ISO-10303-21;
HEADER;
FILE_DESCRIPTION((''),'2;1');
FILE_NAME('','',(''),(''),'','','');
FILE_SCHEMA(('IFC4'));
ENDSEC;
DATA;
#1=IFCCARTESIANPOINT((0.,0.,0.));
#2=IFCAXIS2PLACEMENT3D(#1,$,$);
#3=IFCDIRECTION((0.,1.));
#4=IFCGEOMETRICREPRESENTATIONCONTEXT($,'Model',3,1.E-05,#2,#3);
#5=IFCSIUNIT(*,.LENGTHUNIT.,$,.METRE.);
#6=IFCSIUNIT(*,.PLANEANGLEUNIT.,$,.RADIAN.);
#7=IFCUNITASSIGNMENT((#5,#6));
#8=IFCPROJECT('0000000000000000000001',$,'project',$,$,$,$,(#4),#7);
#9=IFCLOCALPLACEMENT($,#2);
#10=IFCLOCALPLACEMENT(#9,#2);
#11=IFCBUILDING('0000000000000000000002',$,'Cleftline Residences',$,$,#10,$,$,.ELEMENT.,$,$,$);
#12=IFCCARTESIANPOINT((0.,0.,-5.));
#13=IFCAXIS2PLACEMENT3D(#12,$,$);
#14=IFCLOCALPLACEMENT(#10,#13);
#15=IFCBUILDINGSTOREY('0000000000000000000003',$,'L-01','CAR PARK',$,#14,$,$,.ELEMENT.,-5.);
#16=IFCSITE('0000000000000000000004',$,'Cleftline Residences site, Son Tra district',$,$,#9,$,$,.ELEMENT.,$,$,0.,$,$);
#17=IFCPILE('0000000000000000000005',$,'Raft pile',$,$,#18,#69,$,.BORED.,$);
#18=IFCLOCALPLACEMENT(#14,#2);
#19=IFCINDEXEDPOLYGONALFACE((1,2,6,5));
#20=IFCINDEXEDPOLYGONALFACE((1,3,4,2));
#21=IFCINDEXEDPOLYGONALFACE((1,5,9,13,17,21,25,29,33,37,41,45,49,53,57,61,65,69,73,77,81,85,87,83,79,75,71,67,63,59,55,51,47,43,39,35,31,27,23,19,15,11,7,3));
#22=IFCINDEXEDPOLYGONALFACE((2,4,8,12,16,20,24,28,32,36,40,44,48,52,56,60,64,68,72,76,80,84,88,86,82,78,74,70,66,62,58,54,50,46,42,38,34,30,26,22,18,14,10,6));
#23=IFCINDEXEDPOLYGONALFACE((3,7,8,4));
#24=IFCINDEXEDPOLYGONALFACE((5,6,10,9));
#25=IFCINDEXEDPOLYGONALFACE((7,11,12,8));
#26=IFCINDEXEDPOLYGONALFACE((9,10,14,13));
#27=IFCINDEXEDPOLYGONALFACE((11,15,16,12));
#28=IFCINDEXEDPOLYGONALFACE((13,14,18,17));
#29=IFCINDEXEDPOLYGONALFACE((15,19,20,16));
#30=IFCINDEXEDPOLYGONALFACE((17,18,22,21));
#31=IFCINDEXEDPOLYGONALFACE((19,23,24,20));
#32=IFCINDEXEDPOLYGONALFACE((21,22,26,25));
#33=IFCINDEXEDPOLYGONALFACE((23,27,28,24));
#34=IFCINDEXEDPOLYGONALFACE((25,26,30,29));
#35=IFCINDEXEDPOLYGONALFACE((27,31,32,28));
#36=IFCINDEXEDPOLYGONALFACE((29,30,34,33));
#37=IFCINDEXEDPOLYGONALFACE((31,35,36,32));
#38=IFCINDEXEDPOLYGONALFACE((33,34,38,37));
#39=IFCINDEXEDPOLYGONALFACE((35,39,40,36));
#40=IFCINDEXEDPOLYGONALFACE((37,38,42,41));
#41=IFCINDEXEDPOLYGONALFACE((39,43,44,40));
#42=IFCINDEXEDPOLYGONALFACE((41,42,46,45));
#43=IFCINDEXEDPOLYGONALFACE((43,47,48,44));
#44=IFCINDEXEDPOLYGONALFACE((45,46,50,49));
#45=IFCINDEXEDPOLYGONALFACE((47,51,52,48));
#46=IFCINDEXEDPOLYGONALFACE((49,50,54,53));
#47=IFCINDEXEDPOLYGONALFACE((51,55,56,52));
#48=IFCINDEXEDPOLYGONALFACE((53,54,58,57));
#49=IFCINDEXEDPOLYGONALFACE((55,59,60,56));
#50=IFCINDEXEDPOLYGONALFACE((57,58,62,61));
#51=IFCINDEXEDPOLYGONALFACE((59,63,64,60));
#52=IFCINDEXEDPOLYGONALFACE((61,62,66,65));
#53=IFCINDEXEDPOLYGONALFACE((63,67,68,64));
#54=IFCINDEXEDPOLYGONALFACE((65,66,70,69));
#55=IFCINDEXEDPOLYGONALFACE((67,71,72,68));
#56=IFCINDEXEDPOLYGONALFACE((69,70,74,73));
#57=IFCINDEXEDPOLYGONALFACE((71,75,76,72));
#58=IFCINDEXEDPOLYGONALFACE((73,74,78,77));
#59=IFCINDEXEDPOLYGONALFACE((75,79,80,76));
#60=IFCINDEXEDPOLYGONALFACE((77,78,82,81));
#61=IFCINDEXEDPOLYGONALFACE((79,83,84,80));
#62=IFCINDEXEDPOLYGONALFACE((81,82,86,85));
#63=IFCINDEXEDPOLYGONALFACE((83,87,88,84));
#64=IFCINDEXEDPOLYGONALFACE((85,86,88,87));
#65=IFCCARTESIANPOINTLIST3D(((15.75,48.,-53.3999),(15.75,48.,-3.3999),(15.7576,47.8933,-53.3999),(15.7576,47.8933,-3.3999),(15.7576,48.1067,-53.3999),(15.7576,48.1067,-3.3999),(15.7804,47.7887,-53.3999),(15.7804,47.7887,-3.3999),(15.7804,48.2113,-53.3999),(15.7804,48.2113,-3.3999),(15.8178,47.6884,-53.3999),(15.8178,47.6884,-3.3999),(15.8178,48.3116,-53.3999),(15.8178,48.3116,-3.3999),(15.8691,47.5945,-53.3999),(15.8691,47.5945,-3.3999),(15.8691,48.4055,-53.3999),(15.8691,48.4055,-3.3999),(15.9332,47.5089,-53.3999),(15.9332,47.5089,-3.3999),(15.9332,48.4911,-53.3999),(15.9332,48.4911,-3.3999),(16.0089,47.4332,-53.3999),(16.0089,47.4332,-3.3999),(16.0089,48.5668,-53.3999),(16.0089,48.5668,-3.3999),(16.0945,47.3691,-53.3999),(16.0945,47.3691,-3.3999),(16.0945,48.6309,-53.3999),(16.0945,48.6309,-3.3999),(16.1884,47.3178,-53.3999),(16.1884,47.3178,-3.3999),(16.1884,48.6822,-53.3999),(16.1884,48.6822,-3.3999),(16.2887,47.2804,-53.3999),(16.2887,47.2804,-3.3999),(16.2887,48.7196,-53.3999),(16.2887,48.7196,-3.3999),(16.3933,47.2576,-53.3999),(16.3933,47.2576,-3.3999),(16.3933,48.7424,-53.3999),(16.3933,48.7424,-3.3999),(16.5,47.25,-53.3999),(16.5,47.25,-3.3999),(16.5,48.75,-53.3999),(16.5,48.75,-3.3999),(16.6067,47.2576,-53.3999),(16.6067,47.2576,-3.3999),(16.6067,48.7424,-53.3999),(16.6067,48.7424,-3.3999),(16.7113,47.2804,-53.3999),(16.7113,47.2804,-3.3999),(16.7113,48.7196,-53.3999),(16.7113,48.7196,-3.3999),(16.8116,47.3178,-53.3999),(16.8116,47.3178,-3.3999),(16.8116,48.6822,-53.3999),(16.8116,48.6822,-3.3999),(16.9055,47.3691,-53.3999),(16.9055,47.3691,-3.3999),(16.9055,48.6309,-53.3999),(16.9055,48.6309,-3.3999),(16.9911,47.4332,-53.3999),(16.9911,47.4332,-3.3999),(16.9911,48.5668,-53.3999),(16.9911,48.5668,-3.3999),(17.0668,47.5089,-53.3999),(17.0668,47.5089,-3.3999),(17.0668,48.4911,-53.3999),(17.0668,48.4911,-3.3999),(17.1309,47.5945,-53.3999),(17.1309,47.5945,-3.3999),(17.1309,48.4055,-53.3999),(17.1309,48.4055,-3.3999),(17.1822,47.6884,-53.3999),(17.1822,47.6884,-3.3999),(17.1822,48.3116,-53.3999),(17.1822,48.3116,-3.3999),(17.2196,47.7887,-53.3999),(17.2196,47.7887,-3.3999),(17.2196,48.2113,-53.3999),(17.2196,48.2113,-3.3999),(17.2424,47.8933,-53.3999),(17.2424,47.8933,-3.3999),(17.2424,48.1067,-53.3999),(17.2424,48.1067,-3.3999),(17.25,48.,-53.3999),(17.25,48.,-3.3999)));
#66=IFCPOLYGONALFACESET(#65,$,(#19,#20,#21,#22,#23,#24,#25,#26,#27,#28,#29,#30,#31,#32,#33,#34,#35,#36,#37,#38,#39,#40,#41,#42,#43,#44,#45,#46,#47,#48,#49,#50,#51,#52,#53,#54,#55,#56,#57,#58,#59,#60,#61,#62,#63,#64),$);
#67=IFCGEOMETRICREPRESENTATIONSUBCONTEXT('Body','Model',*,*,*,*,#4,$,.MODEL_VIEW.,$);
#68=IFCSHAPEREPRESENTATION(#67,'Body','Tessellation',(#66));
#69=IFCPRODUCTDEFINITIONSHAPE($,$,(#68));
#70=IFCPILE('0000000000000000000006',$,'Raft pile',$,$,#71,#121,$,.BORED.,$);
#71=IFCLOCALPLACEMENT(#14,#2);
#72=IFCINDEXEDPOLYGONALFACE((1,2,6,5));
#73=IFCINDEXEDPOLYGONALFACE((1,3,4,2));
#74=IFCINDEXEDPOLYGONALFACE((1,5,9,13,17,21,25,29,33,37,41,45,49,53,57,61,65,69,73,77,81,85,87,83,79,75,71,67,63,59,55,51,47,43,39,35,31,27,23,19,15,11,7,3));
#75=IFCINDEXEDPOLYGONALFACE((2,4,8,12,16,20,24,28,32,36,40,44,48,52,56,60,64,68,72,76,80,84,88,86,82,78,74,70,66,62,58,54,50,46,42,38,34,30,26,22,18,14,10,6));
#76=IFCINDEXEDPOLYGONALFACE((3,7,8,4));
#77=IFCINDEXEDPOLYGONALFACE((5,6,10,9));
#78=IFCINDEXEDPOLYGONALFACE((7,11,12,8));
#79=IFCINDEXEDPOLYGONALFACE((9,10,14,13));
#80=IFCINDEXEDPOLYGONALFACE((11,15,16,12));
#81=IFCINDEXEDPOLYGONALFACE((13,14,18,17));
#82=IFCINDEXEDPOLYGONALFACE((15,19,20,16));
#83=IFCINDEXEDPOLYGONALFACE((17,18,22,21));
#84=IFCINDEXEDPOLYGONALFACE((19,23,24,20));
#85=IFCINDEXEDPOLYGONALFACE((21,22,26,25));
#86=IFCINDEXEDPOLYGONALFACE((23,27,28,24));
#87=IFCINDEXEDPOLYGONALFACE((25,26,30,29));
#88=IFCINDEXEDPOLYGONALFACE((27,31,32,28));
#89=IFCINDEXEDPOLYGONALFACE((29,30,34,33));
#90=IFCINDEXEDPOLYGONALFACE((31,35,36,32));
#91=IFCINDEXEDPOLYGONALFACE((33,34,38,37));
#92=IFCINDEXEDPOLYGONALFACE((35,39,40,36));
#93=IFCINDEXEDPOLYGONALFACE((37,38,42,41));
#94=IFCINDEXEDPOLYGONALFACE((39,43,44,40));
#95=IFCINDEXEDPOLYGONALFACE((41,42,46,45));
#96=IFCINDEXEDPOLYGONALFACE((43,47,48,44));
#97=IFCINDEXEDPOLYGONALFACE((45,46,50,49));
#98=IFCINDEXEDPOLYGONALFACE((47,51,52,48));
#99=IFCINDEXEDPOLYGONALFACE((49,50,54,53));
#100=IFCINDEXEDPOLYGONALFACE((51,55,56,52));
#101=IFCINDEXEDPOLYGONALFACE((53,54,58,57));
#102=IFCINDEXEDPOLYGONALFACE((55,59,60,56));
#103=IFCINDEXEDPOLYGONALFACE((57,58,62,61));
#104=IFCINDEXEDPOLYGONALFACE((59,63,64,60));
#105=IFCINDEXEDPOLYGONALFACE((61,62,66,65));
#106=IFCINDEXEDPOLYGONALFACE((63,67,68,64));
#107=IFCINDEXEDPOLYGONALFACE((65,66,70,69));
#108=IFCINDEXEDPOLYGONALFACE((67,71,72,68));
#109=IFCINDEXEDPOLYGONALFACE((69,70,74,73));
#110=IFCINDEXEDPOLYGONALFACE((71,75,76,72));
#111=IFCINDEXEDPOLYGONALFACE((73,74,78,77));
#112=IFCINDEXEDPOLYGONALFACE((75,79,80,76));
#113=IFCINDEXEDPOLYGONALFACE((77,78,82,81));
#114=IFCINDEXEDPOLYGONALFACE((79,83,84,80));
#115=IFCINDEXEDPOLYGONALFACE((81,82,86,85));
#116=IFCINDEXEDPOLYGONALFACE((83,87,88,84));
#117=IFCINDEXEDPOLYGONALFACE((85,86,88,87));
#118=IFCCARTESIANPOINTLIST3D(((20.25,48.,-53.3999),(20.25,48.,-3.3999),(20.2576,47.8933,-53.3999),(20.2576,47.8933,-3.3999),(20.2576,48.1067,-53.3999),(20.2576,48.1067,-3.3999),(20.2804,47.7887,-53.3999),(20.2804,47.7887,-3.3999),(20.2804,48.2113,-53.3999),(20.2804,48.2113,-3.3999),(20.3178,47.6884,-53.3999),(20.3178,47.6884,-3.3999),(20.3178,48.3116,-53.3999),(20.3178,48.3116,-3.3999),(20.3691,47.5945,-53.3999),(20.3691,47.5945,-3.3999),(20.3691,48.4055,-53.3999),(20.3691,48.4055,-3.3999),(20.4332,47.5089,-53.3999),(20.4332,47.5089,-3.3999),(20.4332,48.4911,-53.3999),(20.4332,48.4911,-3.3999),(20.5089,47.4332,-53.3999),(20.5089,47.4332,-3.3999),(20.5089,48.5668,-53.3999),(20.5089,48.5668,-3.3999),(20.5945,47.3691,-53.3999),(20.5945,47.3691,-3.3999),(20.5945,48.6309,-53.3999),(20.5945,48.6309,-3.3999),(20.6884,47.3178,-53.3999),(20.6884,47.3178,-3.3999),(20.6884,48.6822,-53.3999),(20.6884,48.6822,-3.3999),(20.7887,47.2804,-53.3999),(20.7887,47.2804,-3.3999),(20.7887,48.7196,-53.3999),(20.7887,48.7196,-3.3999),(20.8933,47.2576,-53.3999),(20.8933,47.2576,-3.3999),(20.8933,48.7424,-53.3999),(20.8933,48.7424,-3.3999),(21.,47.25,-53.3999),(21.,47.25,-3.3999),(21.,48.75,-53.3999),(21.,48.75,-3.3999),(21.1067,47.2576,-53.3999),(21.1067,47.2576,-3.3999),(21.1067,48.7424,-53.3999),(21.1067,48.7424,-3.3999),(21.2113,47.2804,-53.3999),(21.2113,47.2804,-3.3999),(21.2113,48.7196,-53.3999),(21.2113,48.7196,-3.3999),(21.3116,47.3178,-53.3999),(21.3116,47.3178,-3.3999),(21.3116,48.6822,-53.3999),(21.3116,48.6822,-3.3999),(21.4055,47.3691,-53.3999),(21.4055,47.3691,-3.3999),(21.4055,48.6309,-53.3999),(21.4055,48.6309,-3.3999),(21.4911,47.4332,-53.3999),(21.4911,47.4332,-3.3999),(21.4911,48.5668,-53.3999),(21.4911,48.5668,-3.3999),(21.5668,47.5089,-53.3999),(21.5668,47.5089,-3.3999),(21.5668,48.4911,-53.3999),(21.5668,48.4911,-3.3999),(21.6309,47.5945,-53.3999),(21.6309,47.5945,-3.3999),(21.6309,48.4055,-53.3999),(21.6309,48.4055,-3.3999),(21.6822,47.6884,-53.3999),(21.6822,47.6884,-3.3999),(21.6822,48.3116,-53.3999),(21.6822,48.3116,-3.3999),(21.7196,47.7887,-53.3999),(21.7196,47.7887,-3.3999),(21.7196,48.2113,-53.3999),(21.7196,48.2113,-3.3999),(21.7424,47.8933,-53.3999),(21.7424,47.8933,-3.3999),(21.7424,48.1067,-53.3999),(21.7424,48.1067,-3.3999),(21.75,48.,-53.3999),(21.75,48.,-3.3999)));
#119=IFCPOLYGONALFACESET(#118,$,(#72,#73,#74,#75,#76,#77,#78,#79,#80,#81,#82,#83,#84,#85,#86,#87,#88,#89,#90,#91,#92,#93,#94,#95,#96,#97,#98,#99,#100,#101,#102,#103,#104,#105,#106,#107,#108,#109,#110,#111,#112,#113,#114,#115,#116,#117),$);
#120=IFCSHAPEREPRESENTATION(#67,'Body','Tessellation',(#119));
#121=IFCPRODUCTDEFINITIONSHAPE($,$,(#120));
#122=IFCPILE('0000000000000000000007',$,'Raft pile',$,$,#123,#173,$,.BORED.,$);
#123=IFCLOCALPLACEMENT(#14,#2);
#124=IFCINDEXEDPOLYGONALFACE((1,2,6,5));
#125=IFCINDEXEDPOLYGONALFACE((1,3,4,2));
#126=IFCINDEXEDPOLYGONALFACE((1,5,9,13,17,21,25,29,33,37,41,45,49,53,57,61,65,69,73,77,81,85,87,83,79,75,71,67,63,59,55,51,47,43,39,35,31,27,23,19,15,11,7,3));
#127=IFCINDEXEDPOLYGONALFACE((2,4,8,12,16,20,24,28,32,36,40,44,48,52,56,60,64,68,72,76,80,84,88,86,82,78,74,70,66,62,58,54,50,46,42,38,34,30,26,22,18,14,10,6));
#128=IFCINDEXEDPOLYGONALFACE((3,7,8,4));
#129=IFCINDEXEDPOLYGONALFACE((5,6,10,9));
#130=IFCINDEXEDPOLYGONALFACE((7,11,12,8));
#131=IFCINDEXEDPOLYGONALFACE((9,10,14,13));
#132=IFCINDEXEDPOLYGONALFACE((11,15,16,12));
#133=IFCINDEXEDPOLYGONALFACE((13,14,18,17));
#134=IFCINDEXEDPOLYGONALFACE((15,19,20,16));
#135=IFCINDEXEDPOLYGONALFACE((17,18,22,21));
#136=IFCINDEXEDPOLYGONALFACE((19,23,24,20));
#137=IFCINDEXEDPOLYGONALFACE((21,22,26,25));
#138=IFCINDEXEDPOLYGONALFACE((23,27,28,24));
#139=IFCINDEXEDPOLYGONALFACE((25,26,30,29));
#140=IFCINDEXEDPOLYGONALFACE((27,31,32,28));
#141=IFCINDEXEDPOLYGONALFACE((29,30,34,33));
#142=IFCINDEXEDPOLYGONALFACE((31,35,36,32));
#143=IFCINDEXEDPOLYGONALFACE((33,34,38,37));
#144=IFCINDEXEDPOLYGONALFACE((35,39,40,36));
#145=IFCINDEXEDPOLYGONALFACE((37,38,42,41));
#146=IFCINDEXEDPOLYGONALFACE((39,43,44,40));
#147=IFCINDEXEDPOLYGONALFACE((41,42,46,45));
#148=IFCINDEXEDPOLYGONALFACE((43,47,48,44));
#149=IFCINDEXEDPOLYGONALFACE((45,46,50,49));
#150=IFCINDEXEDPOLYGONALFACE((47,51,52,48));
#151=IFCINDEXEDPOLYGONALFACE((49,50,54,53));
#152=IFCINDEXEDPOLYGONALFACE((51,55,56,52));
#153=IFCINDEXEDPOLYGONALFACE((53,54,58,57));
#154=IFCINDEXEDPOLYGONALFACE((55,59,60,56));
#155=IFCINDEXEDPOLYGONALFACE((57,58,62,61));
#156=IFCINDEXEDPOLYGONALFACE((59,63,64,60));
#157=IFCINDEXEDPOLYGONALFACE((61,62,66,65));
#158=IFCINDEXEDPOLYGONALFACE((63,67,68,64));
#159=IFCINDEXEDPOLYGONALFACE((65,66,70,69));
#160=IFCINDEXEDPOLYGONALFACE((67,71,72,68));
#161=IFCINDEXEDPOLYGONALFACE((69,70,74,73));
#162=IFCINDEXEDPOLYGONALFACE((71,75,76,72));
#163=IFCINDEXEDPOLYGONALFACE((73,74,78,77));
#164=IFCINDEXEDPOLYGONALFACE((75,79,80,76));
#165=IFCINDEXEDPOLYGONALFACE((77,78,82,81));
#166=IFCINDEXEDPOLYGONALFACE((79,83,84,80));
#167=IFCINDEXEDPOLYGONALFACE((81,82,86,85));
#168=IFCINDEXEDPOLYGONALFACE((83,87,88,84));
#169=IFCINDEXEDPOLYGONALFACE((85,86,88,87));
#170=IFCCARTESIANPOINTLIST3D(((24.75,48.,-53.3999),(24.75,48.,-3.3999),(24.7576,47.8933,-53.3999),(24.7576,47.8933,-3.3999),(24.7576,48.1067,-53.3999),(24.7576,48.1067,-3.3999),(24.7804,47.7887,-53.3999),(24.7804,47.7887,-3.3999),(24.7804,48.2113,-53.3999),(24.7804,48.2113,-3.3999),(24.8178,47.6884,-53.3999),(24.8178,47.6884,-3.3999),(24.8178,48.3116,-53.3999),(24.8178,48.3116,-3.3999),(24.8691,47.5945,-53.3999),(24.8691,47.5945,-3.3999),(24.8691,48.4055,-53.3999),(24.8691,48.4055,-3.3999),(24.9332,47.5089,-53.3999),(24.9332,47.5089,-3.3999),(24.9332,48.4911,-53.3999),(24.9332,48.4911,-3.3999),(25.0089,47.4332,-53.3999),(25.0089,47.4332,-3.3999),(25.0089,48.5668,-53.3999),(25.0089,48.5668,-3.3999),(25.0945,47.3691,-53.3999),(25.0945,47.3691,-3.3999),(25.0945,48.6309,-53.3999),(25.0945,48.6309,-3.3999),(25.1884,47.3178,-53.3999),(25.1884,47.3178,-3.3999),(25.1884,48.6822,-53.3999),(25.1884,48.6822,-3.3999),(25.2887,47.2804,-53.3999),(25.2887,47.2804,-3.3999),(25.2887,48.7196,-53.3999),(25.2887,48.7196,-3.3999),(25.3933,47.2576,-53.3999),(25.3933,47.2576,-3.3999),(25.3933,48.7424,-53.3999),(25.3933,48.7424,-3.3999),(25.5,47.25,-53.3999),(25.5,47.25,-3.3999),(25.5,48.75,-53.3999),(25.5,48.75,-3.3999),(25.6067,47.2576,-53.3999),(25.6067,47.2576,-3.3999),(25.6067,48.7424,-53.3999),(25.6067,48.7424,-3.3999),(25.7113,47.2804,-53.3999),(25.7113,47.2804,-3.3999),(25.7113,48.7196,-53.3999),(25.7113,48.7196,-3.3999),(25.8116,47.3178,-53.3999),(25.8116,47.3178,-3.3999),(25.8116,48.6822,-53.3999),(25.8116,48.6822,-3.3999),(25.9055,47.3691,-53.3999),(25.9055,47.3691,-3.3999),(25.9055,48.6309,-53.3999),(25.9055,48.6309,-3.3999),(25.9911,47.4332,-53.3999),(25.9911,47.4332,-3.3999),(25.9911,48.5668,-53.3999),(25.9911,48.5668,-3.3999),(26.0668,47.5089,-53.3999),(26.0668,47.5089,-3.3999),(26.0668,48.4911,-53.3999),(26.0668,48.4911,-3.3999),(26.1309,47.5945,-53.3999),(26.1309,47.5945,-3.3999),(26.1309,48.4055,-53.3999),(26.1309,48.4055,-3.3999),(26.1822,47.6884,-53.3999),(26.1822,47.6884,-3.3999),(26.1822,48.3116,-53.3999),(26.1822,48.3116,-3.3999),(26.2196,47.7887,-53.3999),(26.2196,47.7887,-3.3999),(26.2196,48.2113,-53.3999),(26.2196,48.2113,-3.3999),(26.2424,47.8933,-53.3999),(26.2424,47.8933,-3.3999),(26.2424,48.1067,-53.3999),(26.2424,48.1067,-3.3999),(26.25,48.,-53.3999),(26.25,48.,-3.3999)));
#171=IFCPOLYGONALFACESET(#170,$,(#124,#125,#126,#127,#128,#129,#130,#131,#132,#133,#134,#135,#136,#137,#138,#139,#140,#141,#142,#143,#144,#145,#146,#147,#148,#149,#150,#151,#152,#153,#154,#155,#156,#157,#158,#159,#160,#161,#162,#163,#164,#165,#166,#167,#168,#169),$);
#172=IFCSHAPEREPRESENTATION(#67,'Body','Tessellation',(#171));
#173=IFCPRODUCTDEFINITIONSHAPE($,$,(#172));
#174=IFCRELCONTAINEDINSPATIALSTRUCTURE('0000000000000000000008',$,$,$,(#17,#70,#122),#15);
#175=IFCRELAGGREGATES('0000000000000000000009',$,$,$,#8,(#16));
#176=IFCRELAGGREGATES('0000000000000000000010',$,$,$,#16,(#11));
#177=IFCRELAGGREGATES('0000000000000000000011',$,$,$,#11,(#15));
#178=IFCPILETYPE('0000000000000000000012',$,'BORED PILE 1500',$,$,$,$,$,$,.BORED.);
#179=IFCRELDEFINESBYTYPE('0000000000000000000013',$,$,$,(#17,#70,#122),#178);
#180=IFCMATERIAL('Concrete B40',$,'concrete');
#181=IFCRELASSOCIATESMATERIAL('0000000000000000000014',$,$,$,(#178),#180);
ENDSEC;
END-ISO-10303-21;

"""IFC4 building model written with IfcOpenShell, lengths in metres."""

from ifc_helpers import new_model, si_unit, direction, frame, origin, origin_2d, place, context, subcontext, project, spatial, circle, extrude, material, material_profile, profile_set, type_object, element, save


model = new_model("IFC4")

# Units and contexts
model_context = context("Model", 3, precision=1e-05, world=origin(), true_north=direction((0.0, 1.0)))
body_context = subcontext(model_context, "Body", "Model", "MODEL_VIEW")
ifc_project = project(units=[si_unit("LENGTHUNIT", "METRE"), si_unit("PLANEANGLEUNIT", "RADIAN")], contexts=[model_context])

# Site, building, storey
site_placement = place(None, origin())
site = spatial("IfcSite", under=ifc_project, at=site_placement, Name="Cleftline Residences site, Son Tra district", CompositionType="ELEMENT", RefElevation=0.0)
building_placement = place(site_placement, origin())
building = spatial("IfcBuilding", under=site, at=building_placement, Name="Cleftline Residences", CompositionType="ELEMENT")
storey_placement = place(building_placement, frame((0.0, 0.0, -5.0)))
storey = spatial("IfcBuildingStorey", under=building, at=storey_placement, Name="L-01", Description="CAR PARK", CompositionType="ELEMENT", Elevation=-5.0)

# Piles
ifc_material_1 = material(Name="Concrete B40", Category="concrete")
ifc_material_profile_1 = material_profile(ifc_material_1, circle(Radius=0.75, at=origin_2d()))
ifc_profile_set_1 = profile_set([ifc_material_profile_1], Name="Concrete B40")
pile_type_1 = type_object("IfcPileType", Name="BORED PILE 1500", PredefinedType="BORED", material=ifc_profile_set_1)
for number, where, z_axis, x_axis, name in (
    (1, (16.5, 48.0, -3.3999), (0.0, 0.0, -1.0), (1.0, 0.0, 0.0), "Raft pile"),
    (2, (21.0, 48.0, -3.3999), (0.0, 0.0, -1.0), (1.0, 0.0, 0.0), "Raft pile"),
    (3, (25.5, 48.0, -3.3999), (0.0, 0.0, -1.0), (1.0, 0.0, 0.0), "Raft pile"),
):
    element("IfcPile", number, at=place(storey_placement, frame(where, z_axis=z_axis, x_axis=x_axis)), inside=storey, type_object=pile_type_1, Name=name, PredefinedType="BORED", context=body_context, shape_type="SweptSolid", body=[
        extrude(circle(Radius=0.75, at=origin_2d()), origin(), (0.0, 0.0, 1.0), 50.0),
    ])

save(model, "model.ifc")
